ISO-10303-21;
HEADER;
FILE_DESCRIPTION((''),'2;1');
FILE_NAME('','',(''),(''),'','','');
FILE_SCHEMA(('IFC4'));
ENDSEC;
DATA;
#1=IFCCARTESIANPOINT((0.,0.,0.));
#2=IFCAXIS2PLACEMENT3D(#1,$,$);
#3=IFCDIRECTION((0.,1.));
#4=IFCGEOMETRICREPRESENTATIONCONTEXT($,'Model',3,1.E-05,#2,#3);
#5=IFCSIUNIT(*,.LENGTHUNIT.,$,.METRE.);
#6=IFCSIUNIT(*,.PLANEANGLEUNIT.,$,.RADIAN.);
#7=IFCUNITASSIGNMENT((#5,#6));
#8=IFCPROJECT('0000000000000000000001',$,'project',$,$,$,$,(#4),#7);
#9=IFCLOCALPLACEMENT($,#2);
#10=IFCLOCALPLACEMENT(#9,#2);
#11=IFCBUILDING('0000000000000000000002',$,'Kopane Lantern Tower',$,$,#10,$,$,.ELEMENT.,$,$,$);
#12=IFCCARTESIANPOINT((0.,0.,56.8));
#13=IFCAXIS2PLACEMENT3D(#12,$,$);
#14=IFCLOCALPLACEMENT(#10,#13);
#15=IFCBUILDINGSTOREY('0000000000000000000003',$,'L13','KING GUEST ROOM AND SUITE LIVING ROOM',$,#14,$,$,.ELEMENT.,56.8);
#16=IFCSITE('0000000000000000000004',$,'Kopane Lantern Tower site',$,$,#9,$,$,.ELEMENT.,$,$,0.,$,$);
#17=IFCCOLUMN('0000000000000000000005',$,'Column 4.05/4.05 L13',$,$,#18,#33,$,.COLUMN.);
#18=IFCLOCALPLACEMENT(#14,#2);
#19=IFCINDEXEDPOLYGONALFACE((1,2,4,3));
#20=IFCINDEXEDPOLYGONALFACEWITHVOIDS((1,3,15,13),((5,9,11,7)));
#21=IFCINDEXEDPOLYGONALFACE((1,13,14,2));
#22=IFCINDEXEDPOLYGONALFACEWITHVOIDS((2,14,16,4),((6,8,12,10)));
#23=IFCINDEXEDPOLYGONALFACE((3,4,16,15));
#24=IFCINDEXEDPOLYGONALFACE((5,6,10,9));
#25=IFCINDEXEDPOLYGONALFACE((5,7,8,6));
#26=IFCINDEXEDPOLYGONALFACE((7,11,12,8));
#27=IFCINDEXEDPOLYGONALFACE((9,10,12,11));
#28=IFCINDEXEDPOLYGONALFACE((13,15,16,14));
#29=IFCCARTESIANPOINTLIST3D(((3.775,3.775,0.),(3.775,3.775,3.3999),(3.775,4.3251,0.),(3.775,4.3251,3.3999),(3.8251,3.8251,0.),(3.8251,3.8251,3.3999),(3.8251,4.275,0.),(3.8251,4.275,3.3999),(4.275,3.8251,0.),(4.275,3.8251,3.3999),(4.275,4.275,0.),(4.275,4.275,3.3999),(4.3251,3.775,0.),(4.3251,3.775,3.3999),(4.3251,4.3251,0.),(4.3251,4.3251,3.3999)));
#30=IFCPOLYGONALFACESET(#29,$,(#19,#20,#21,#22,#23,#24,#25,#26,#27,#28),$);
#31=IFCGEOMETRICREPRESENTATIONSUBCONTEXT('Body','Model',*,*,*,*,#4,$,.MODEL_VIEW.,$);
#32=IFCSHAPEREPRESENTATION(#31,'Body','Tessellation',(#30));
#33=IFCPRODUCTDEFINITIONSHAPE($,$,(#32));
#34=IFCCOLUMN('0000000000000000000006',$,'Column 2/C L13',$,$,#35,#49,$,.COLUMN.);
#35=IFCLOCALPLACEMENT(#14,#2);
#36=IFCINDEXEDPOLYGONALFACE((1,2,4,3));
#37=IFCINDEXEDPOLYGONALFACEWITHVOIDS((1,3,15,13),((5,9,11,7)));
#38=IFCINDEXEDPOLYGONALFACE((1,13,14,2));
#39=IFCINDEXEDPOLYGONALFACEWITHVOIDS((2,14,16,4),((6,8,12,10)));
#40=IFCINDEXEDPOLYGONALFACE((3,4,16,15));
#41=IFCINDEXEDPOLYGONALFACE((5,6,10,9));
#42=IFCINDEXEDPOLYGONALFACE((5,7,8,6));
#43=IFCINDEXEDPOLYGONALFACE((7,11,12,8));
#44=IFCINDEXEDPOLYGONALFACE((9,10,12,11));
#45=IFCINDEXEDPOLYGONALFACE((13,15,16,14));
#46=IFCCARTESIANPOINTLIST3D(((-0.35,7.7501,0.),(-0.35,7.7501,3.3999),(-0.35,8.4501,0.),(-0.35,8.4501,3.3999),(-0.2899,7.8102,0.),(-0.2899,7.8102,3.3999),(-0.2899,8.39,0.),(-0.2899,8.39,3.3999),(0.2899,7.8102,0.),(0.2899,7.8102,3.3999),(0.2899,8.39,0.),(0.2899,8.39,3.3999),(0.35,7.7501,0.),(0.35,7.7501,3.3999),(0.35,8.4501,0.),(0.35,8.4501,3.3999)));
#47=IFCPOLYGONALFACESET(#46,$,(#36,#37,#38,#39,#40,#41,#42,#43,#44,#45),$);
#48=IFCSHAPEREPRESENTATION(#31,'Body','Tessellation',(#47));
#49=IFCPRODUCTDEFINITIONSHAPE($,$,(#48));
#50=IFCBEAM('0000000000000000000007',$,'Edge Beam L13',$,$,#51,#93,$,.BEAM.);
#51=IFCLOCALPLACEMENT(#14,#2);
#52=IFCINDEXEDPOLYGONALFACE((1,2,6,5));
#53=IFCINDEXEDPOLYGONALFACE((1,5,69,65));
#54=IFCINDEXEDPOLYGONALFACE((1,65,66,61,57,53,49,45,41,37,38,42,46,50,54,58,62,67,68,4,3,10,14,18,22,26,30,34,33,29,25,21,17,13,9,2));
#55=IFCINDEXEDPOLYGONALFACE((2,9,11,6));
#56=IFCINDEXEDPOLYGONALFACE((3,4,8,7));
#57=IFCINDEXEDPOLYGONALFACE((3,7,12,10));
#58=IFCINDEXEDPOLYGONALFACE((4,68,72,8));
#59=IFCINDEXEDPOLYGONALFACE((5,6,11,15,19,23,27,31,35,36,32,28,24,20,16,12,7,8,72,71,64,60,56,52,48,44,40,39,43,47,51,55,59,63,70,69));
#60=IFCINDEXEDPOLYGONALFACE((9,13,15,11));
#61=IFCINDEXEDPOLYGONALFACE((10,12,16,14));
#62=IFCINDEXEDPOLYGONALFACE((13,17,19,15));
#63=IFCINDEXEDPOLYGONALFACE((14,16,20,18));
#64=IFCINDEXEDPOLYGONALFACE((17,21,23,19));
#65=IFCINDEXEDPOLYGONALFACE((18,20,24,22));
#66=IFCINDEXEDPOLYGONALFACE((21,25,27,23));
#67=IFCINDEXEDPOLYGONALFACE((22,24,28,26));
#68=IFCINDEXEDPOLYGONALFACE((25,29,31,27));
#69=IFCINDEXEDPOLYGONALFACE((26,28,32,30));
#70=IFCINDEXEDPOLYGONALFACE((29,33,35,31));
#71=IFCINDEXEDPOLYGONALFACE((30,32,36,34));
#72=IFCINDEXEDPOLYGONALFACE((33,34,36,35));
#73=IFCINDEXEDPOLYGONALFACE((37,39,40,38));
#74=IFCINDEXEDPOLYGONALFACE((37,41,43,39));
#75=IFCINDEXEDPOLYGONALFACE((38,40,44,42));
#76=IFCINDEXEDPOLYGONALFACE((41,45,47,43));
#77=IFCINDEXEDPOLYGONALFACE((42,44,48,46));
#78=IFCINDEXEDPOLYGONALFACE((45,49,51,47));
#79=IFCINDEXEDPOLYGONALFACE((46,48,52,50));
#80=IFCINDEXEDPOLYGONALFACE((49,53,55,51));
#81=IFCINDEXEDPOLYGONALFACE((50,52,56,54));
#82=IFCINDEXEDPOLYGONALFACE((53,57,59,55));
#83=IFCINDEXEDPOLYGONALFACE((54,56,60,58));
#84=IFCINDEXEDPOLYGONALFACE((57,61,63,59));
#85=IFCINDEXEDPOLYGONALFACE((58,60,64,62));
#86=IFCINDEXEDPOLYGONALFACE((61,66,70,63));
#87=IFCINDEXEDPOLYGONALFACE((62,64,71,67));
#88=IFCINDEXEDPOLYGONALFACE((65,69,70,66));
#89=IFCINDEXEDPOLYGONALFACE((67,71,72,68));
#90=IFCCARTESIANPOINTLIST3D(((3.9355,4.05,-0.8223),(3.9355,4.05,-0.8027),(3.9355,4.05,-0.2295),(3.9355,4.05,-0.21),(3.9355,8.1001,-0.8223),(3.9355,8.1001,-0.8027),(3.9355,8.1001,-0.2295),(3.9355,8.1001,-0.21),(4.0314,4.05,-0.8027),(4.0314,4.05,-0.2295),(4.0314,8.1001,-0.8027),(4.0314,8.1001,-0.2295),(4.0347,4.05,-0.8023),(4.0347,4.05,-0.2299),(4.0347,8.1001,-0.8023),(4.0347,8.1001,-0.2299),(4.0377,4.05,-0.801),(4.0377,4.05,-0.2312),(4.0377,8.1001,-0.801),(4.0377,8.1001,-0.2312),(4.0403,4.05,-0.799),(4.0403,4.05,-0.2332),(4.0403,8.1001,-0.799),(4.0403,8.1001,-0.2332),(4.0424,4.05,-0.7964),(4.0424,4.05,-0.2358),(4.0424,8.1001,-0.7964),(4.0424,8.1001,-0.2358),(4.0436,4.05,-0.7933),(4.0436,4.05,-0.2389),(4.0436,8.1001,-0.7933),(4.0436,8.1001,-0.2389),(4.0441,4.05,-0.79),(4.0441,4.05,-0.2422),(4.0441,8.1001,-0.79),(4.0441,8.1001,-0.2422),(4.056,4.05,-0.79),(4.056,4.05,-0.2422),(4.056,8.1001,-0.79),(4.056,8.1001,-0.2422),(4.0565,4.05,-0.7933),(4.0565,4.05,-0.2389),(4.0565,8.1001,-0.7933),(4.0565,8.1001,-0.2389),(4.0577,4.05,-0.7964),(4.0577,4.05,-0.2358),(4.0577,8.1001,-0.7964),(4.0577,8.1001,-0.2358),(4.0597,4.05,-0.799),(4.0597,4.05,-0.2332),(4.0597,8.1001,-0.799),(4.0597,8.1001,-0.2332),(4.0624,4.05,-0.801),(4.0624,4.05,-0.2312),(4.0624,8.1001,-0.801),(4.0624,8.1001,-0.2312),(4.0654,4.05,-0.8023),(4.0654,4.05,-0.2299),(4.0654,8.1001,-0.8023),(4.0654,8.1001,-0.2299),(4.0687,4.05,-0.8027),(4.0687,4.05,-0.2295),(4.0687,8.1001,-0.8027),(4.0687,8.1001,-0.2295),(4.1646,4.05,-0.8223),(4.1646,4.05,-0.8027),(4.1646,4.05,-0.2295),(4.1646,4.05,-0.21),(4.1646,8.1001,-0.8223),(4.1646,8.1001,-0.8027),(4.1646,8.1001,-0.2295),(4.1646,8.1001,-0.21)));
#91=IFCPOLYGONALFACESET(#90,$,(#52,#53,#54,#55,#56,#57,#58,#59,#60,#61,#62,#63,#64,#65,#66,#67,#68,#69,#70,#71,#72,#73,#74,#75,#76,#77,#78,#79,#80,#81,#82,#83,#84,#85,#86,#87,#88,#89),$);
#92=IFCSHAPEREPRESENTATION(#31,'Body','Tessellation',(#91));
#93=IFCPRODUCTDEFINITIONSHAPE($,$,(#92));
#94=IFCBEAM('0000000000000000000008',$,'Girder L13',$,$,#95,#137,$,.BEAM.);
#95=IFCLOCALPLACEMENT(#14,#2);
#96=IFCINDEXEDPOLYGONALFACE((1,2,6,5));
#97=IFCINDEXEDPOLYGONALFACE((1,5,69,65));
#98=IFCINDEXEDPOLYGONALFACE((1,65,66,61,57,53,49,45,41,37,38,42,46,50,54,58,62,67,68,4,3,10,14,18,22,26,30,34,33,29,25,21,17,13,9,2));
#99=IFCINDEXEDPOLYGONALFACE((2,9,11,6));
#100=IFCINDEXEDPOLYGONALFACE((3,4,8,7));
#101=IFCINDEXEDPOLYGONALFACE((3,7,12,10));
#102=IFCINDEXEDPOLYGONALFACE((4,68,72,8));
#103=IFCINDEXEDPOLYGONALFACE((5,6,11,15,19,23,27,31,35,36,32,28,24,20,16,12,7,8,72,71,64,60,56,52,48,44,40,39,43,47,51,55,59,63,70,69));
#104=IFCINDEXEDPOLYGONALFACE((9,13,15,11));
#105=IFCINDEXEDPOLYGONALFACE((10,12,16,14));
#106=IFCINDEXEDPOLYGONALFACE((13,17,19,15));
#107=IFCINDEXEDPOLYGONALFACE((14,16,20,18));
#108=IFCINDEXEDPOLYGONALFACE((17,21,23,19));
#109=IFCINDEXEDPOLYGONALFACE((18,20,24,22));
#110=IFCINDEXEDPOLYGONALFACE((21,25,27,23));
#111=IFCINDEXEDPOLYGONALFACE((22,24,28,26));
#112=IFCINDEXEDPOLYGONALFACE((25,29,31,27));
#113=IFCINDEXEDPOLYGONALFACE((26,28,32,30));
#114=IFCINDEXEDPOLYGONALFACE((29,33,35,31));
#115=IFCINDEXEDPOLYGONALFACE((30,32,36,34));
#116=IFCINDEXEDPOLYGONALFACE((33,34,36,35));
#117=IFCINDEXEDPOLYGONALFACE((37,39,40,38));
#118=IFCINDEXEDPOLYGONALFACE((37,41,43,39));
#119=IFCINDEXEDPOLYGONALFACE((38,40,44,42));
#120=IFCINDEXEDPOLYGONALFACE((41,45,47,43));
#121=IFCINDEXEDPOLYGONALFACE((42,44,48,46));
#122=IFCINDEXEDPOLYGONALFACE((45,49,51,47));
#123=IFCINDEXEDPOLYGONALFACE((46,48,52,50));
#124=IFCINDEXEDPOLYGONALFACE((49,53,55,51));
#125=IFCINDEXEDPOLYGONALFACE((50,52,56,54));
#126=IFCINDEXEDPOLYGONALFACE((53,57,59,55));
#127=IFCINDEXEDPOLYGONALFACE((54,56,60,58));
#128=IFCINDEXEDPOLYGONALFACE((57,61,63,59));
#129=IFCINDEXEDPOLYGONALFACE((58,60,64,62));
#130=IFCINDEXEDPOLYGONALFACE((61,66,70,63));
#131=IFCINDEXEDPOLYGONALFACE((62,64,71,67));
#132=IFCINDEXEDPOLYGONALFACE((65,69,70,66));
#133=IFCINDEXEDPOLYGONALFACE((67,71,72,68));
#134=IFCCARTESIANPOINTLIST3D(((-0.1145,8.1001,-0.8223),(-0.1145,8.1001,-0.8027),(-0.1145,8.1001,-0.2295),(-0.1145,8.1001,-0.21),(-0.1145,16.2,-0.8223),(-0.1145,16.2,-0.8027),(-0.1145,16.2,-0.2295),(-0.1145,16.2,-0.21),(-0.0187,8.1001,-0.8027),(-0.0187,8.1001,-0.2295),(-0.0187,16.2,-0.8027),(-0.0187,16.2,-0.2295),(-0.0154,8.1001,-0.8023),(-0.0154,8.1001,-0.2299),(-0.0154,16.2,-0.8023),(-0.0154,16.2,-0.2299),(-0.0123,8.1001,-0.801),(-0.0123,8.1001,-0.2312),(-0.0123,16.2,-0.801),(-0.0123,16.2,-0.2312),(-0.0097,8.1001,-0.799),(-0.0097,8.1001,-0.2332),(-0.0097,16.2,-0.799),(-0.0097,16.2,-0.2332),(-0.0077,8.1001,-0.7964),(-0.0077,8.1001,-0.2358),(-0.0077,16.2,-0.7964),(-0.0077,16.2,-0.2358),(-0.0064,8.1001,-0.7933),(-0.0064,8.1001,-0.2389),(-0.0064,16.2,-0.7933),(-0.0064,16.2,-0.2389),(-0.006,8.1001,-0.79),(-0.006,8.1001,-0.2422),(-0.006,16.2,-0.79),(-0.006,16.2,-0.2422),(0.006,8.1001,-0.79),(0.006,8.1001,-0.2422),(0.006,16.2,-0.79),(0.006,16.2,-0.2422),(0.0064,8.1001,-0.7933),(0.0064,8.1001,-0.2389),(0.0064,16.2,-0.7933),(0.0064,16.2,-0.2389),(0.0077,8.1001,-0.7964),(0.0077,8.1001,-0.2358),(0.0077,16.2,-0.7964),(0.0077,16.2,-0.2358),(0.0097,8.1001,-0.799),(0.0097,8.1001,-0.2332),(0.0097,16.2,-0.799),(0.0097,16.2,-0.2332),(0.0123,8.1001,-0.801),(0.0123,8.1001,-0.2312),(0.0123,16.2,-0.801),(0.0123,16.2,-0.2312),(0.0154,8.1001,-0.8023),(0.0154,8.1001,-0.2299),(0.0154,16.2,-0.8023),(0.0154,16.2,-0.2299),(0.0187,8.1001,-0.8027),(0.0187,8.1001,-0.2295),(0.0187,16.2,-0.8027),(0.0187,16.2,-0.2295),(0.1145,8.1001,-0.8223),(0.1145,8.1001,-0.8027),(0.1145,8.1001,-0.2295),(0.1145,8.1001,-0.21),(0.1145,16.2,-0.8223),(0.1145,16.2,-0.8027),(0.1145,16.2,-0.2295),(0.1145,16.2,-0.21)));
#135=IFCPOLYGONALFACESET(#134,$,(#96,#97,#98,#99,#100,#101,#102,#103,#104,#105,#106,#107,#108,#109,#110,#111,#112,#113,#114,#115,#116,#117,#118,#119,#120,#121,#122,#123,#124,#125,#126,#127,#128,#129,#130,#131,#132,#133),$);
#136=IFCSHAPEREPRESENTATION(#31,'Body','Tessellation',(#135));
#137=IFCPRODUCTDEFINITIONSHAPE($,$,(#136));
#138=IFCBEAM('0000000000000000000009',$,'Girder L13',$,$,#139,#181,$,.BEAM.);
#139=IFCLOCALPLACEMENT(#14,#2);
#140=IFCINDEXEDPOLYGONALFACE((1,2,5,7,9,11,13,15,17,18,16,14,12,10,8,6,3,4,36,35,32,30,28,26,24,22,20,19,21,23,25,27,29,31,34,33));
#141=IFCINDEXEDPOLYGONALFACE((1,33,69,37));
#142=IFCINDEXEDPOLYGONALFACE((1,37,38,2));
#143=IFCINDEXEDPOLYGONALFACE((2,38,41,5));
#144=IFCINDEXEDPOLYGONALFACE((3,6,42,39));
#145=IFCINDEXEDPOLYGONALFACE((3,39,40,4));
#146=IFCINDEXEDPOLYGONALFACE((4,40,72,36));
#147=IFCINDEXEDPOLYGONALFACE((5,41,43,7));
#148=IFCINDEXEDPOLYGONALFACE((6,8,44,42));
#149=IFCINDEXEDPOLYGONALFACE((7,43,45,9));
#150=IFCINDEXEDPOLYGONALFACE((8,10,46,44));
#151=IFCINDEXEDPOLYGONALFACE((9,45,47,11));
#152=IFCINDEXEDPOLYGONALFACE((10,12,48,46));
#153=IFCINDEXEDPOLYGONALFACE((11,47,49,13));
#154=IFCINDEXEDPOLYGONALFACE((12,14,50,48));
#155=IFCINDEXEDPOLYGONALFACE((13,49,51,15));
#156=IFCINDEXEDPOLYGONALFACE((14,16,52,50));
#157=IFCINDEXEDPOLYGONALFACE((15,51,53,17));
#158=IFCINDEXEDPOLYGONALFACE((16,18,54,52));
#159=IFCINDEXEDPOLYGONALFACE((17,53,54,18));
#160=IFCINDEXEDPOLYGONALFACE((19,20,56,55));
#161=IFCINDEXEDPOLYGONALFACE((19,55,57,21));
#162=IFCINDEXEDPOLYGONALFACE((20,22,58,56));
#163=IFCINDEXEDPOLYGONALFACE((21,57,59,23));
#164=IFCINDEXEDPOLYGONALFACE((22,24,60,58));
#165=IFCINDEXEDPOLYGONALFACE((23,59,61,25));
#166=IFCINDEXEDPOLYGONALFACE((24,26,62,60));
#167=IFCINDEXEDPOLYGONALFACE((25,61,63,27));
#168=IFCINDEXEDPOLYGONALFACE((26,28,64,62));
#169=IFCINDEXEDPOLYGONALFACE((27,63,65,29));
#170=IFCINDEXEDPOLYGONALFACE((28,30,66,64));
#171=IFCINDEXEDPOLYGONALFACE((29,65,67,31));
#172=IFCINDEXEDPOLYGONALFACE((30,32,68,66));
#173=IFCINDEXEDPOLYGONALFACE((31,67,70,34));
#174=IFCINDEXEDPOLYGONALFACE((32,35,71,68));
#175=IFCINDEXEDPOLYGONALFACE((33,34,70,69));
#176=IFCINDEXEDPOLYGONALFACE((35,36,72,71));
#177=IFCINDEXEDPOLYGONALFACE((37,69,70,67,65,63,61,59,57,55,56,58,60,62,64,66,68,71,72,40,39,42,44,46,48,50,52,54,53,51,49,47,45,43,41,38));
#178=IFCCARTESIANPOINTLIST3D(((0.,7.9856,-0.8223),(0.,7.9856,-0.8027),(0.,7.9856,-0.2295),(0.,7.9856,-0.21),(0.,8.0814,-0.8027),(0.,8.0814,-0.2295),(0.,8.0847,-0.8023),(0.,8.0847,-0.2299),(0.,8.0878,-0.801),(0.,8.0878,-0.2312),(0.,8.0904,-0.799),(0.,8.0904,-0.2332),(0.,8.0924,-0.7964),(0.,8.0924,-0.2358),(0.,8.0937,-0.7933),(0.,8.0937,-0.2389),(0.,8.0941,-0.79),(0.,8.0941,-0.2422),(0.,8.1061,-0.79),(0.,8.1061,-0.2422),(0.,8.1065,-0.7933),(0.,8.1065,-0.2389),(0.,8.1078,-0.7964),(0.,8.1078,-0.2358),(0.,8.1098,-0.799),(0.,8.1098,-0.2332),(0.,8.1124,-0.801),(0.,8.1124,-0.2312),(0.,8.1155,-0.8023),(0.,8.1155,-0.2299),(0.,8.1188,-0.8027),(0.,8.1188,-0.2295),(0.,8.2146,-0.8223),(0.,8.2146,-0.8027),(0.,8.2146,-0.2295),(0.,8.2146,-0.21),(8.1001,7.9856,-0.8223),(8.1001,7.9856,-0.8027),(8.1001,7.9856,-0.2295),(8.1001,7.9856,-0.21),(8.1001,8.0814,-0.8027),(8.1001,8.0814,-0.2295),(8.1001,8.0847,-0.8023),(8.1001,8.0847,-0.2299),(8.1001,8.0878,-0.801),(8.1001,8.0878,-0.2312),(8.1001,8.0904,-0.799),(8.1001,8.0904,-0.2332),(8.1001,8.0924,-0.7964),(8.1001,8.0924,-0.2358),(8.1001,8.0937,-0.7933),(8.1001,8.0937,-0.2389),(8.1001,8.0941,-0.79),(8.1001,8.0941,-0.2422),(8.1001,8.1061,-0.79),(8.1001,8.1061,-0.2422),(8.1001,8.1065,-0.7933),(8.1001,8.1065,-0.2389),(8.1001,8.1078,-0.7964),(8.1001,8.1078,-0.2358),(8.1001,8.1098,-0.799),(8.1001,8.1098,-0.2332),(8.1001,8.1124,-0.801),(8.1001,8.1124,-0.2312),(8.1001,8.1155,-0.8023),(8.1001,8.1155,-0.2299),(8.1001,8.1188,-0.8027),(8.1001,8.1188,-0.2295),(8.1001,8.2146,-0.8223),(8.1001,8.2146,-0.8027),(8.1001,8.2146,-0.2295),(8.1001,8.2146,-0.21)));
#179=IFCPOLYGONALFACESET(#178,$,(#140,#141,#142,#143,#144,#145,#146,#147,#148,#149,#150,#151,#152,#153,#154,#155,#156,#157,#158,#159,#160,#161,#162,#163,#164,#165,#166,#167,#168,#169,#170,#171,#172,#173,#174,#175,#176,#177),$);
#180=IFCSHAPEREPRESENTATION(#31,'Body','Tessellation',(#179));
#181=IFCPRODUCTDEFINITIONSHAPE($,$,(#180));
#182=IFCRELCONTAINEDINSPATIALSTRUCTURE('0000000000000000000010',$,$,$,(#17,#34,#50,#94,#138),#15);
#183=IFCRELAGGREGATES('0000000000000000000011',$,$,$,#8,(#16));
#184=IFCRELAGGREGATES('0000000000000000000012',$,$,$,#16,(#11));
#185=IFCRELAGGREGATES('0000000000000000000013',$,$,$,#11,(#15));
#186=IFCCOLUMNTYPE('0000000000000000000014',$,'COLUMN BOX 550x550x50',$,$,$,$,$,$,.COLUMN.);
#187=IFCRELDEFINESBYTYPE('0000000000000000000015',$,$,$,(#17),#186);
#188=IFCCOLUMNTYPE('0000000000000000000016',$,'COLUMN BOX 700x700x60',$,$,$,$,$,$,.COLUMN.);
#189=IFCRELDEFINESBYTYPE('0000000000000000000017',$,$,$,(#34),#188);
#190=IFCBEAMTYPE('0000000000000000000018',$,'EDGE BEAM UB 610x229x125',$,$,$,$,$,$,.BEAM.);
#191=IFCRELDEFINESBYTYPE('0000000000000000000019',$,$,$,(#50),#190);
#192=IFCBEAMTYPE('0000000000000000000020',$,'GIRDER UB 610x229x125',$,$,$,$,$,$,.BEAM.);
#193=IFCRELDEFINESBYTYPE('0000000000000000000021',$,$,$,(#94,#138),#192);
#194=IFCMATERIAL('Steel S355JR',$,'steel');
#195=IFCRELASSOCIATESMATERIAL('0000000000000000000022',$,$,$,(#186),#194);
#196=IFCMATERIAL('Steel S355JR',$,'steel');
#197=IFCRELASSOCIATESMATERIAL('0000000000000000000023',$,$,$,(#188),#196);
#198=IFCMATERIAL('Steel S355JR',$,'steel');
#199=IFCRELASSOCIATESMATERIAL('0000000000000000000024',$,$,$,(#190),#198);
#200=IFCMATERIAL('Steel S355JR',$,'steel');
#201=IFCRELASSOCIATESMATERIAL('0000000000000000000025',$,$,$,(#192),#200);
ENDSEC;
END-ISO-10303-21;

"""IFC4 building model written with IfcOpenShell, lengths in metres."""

from ifc_helpers import new_model, si_unit, direction, frame, origin, origin_2d, place, context, subcontext, project, spatial, hollow_rectangle, i_section, extrude, material, material_profile, profile_set, type_object, element, save


model = new_model("IFC4")

# Units and contexts
model_context = context("Model", 3, precision=1e-05, world=origin(), true_north=direction((0.0, 1.0)))
body_context = subcontext(model_context, "Body", "Model", "MODEL_VIEW")
ifc_project = project(units=[si_unit("LENGTHUNIT", "METRE"), si_unit("PLANEANGLEUNIT", "RADIAN")], contexts=[model_context])

# Site, building, storey
site_placement = place(None, origin())
site = spatial("IfcSite", under=ifc_project, at=site_placement, Name="Kopane Lantern Tower site", CompositionType="ELEMENT", RefElevation=0.0)
building_placement = place(site_placement, origin())
building = spatial("IfcBuilding", under=site, at=building_placement, Name="Kopane Lantern Tower", CompositionType="ELEMENT")
storey_placement = place(building_placement, frame((0.0, 0.0, 56.8)))
storey = spatial("IfcBuildingStorey", under=building, at=storey_placement, Name="L13", Description="KING GUEST ROOM AND SUITE LIVING ROOM", CompositionType="ELEMENT", Elevation=56.8)

# Columns
ifc_material_1 = material(Name="Steel S355JR", Category="steel")
ifc_material_profile_1 = material_profile(ifc_material_1, hollow_rectangle(XDim=0.55, YDim=0.55, WallThickness=0.05, at=origin_2d()), Name="BOX 550x550x50")
ifc_profile_set_1 = profile_set([ifc_material_profile_1], Name="Steel S355JR")
column_type_1 = type_object("IfcColumnType", Name="COLUMN BOX 550x550x50", PredefinedType="COLUMN", material=ifc_profile_set_1)
column_1_placement = place(storey_placement, frame((4.05, 4.05, 0.0), z_axis=(0.0, 0.0, 1.0), x_axis=(1.0, 0.0, 0.0)))
element("IfcColumn", 1, at=column_1_placement, inside=storey, type_object=column_type_1, Name="Column 4.05/4.05 L13", PredefinedType="COLUMN", context=body_context, shape_type="SweptSolid", body=[
    extrude(hollow_rectangle(XDim=0.55, YDim=0.55, WallThickness=0.05, at=origin_2d()), origin(), (0.0, 0.0, 1.0), 3.3999),
])
ifc_material_2 = material(Name="Steel S355JR", Category="steel")
ifc_material_profile_2 = material_profile(ifc_material_2, hollow_rectangle(XDim=0.7, YDim=0.7, WallThickness=0.0601, at=origin_2d()), Name="BOX 700x700x60")
ifc_profile_set_2 = profile_set([ifc_material_profile_2], Name="Steel S355JR")
column_type_2 = type_object("IfcColumnType", Name="COLUMN BOX 700x700x60", PredefinedType="COLUMN", material=ifc_profile_set_2)
column_2_placement = place(storey_placement, frame((0.0, 8.1001, 0.0), z_axis=(0.0, 0.0, 1.0), x_axis=(1.0, 0.0, 0.0)))
element("IfcColumn", 2, at=column_2_placement, inside=storey, type_object=column_type_2, Name="Column 2/C L13", PredefinedType="COLUMN", context=body_context, shape_type="SweptSolid", body=[
    extrude(hollow_rectangle(XDim=0.7, YDim=0.7, WallThickness=0.0601, at=origin_2d()), origin(), (0.0, 0.0, 1.0), 3.3999),
])

# Beams
ifc_material_3 = material(Name="Steel S355JR", Category="steel")
ifc_material_profile_3 = material_profile(ifc_material_3, i_section(OverallWidth=0.229, OverallDepth=0.6123, WebThickness=0.012, FlangeThickness=0.0195, FilletRadius=0.0127, at=origin_2d()), Name="UB 610x229x125")
ifc_profile_set_3 = profile_set([ifc_material_profile_3], Name="Steel S355JR")
beam_type_1 = type_object("IfcBeamType", Name="EDGE BEAM UB 610x229x125", PredefinedType="BEAM", material=ifc_profile_set_3)
beam_1_placement = place(storey_placement, frame((4.05, 4.05, -0.5161), z_axis=(0.0, 1.0, 0.0), x_axis=(-1.0, 0.0, 0.0)))
element("IfcBeam", 3, at=beam_1_placement, inside=storey, type_object=beam_type_1, Name="Edge Beam L13", PredefinedType="BEAM", context=body_context, shape_type="SweptSolid", body=[
    extrude(i_section(OverallWidth=0.229, OverallDepth=0.6123, WebThickness=0.012, FlangeThickness=0.0195, FilletRadius=0.0127, at=origin_2d()), origin(), (0.0, 0.0, 1.0), 4.05),
])
ifc_material_4 = material(Name="Steel S355JR", Category="steel")
ifc_material_profile_4 = material_profile(ifc_material_4, i_section(OverallWidth=0.229, OverallDepth=0.6123, WebThickness=0.012, FlangeThickness=0.0195, FilletRadius=0.0127, at=origin_2d()), Name="UB 610x229x125")
ifc_profile_set_4 = profile_set([ifc_material_profile_4], Name="Steel S355JR")
beam_type_2 = type_object("IfcBeamType", Name="GIRDER UB 610x229x125", PredefinedType="BEAM", material=ifc_profile_set_4)
beam_2_placement = place(storey_placement, frame((0.0, 8.1001, -0.5161), z_axis=(0.0, 1.0, 0.0), x_axis=(-1.0, 0.0, 0.0)))
element("IfcBeam", 4, at=beam_2_placement, inside=storey, type_object=beam_type_2, Name="Girder L13", PredefinedType="BEAM", context=body_context, shape_type="SweptSolid", body=[
    extrude(i_section(OverallWidth=0.229, OverallDepth=0.6123, WebThickness=0.012, FlangeThickness=0.0195, FilletRadius=0.0127, at=origin_2d()), origin(), (0.0, 0.0, 1.0), 8.0999),
])
beam_3_placement = place(storey_placement, frame((0.0, 8.1001, -0.5161), z_axis=(1.0, 0.0, 0.0), x_axis=(0.0, 1.0, 0.0)))
element("IfcBeam", 5, at=beam_3_placement, inside=storey, type_object=beam_type_2, Name="Girder L13", PredefinedType="BEAM", context=body_context, shape_type="SweptSolid", body=[
    extrude(i_section(OverallWidth=0.229, OverallDepth=0.6123, WebThickness=0.012, FlangeThickness=0.0195, FilletRadius=0.0127, at=origin_2d()), origin(), (0.0, 0.0, 1.0), 8.1001),
])

save(model, "model.ifc")
